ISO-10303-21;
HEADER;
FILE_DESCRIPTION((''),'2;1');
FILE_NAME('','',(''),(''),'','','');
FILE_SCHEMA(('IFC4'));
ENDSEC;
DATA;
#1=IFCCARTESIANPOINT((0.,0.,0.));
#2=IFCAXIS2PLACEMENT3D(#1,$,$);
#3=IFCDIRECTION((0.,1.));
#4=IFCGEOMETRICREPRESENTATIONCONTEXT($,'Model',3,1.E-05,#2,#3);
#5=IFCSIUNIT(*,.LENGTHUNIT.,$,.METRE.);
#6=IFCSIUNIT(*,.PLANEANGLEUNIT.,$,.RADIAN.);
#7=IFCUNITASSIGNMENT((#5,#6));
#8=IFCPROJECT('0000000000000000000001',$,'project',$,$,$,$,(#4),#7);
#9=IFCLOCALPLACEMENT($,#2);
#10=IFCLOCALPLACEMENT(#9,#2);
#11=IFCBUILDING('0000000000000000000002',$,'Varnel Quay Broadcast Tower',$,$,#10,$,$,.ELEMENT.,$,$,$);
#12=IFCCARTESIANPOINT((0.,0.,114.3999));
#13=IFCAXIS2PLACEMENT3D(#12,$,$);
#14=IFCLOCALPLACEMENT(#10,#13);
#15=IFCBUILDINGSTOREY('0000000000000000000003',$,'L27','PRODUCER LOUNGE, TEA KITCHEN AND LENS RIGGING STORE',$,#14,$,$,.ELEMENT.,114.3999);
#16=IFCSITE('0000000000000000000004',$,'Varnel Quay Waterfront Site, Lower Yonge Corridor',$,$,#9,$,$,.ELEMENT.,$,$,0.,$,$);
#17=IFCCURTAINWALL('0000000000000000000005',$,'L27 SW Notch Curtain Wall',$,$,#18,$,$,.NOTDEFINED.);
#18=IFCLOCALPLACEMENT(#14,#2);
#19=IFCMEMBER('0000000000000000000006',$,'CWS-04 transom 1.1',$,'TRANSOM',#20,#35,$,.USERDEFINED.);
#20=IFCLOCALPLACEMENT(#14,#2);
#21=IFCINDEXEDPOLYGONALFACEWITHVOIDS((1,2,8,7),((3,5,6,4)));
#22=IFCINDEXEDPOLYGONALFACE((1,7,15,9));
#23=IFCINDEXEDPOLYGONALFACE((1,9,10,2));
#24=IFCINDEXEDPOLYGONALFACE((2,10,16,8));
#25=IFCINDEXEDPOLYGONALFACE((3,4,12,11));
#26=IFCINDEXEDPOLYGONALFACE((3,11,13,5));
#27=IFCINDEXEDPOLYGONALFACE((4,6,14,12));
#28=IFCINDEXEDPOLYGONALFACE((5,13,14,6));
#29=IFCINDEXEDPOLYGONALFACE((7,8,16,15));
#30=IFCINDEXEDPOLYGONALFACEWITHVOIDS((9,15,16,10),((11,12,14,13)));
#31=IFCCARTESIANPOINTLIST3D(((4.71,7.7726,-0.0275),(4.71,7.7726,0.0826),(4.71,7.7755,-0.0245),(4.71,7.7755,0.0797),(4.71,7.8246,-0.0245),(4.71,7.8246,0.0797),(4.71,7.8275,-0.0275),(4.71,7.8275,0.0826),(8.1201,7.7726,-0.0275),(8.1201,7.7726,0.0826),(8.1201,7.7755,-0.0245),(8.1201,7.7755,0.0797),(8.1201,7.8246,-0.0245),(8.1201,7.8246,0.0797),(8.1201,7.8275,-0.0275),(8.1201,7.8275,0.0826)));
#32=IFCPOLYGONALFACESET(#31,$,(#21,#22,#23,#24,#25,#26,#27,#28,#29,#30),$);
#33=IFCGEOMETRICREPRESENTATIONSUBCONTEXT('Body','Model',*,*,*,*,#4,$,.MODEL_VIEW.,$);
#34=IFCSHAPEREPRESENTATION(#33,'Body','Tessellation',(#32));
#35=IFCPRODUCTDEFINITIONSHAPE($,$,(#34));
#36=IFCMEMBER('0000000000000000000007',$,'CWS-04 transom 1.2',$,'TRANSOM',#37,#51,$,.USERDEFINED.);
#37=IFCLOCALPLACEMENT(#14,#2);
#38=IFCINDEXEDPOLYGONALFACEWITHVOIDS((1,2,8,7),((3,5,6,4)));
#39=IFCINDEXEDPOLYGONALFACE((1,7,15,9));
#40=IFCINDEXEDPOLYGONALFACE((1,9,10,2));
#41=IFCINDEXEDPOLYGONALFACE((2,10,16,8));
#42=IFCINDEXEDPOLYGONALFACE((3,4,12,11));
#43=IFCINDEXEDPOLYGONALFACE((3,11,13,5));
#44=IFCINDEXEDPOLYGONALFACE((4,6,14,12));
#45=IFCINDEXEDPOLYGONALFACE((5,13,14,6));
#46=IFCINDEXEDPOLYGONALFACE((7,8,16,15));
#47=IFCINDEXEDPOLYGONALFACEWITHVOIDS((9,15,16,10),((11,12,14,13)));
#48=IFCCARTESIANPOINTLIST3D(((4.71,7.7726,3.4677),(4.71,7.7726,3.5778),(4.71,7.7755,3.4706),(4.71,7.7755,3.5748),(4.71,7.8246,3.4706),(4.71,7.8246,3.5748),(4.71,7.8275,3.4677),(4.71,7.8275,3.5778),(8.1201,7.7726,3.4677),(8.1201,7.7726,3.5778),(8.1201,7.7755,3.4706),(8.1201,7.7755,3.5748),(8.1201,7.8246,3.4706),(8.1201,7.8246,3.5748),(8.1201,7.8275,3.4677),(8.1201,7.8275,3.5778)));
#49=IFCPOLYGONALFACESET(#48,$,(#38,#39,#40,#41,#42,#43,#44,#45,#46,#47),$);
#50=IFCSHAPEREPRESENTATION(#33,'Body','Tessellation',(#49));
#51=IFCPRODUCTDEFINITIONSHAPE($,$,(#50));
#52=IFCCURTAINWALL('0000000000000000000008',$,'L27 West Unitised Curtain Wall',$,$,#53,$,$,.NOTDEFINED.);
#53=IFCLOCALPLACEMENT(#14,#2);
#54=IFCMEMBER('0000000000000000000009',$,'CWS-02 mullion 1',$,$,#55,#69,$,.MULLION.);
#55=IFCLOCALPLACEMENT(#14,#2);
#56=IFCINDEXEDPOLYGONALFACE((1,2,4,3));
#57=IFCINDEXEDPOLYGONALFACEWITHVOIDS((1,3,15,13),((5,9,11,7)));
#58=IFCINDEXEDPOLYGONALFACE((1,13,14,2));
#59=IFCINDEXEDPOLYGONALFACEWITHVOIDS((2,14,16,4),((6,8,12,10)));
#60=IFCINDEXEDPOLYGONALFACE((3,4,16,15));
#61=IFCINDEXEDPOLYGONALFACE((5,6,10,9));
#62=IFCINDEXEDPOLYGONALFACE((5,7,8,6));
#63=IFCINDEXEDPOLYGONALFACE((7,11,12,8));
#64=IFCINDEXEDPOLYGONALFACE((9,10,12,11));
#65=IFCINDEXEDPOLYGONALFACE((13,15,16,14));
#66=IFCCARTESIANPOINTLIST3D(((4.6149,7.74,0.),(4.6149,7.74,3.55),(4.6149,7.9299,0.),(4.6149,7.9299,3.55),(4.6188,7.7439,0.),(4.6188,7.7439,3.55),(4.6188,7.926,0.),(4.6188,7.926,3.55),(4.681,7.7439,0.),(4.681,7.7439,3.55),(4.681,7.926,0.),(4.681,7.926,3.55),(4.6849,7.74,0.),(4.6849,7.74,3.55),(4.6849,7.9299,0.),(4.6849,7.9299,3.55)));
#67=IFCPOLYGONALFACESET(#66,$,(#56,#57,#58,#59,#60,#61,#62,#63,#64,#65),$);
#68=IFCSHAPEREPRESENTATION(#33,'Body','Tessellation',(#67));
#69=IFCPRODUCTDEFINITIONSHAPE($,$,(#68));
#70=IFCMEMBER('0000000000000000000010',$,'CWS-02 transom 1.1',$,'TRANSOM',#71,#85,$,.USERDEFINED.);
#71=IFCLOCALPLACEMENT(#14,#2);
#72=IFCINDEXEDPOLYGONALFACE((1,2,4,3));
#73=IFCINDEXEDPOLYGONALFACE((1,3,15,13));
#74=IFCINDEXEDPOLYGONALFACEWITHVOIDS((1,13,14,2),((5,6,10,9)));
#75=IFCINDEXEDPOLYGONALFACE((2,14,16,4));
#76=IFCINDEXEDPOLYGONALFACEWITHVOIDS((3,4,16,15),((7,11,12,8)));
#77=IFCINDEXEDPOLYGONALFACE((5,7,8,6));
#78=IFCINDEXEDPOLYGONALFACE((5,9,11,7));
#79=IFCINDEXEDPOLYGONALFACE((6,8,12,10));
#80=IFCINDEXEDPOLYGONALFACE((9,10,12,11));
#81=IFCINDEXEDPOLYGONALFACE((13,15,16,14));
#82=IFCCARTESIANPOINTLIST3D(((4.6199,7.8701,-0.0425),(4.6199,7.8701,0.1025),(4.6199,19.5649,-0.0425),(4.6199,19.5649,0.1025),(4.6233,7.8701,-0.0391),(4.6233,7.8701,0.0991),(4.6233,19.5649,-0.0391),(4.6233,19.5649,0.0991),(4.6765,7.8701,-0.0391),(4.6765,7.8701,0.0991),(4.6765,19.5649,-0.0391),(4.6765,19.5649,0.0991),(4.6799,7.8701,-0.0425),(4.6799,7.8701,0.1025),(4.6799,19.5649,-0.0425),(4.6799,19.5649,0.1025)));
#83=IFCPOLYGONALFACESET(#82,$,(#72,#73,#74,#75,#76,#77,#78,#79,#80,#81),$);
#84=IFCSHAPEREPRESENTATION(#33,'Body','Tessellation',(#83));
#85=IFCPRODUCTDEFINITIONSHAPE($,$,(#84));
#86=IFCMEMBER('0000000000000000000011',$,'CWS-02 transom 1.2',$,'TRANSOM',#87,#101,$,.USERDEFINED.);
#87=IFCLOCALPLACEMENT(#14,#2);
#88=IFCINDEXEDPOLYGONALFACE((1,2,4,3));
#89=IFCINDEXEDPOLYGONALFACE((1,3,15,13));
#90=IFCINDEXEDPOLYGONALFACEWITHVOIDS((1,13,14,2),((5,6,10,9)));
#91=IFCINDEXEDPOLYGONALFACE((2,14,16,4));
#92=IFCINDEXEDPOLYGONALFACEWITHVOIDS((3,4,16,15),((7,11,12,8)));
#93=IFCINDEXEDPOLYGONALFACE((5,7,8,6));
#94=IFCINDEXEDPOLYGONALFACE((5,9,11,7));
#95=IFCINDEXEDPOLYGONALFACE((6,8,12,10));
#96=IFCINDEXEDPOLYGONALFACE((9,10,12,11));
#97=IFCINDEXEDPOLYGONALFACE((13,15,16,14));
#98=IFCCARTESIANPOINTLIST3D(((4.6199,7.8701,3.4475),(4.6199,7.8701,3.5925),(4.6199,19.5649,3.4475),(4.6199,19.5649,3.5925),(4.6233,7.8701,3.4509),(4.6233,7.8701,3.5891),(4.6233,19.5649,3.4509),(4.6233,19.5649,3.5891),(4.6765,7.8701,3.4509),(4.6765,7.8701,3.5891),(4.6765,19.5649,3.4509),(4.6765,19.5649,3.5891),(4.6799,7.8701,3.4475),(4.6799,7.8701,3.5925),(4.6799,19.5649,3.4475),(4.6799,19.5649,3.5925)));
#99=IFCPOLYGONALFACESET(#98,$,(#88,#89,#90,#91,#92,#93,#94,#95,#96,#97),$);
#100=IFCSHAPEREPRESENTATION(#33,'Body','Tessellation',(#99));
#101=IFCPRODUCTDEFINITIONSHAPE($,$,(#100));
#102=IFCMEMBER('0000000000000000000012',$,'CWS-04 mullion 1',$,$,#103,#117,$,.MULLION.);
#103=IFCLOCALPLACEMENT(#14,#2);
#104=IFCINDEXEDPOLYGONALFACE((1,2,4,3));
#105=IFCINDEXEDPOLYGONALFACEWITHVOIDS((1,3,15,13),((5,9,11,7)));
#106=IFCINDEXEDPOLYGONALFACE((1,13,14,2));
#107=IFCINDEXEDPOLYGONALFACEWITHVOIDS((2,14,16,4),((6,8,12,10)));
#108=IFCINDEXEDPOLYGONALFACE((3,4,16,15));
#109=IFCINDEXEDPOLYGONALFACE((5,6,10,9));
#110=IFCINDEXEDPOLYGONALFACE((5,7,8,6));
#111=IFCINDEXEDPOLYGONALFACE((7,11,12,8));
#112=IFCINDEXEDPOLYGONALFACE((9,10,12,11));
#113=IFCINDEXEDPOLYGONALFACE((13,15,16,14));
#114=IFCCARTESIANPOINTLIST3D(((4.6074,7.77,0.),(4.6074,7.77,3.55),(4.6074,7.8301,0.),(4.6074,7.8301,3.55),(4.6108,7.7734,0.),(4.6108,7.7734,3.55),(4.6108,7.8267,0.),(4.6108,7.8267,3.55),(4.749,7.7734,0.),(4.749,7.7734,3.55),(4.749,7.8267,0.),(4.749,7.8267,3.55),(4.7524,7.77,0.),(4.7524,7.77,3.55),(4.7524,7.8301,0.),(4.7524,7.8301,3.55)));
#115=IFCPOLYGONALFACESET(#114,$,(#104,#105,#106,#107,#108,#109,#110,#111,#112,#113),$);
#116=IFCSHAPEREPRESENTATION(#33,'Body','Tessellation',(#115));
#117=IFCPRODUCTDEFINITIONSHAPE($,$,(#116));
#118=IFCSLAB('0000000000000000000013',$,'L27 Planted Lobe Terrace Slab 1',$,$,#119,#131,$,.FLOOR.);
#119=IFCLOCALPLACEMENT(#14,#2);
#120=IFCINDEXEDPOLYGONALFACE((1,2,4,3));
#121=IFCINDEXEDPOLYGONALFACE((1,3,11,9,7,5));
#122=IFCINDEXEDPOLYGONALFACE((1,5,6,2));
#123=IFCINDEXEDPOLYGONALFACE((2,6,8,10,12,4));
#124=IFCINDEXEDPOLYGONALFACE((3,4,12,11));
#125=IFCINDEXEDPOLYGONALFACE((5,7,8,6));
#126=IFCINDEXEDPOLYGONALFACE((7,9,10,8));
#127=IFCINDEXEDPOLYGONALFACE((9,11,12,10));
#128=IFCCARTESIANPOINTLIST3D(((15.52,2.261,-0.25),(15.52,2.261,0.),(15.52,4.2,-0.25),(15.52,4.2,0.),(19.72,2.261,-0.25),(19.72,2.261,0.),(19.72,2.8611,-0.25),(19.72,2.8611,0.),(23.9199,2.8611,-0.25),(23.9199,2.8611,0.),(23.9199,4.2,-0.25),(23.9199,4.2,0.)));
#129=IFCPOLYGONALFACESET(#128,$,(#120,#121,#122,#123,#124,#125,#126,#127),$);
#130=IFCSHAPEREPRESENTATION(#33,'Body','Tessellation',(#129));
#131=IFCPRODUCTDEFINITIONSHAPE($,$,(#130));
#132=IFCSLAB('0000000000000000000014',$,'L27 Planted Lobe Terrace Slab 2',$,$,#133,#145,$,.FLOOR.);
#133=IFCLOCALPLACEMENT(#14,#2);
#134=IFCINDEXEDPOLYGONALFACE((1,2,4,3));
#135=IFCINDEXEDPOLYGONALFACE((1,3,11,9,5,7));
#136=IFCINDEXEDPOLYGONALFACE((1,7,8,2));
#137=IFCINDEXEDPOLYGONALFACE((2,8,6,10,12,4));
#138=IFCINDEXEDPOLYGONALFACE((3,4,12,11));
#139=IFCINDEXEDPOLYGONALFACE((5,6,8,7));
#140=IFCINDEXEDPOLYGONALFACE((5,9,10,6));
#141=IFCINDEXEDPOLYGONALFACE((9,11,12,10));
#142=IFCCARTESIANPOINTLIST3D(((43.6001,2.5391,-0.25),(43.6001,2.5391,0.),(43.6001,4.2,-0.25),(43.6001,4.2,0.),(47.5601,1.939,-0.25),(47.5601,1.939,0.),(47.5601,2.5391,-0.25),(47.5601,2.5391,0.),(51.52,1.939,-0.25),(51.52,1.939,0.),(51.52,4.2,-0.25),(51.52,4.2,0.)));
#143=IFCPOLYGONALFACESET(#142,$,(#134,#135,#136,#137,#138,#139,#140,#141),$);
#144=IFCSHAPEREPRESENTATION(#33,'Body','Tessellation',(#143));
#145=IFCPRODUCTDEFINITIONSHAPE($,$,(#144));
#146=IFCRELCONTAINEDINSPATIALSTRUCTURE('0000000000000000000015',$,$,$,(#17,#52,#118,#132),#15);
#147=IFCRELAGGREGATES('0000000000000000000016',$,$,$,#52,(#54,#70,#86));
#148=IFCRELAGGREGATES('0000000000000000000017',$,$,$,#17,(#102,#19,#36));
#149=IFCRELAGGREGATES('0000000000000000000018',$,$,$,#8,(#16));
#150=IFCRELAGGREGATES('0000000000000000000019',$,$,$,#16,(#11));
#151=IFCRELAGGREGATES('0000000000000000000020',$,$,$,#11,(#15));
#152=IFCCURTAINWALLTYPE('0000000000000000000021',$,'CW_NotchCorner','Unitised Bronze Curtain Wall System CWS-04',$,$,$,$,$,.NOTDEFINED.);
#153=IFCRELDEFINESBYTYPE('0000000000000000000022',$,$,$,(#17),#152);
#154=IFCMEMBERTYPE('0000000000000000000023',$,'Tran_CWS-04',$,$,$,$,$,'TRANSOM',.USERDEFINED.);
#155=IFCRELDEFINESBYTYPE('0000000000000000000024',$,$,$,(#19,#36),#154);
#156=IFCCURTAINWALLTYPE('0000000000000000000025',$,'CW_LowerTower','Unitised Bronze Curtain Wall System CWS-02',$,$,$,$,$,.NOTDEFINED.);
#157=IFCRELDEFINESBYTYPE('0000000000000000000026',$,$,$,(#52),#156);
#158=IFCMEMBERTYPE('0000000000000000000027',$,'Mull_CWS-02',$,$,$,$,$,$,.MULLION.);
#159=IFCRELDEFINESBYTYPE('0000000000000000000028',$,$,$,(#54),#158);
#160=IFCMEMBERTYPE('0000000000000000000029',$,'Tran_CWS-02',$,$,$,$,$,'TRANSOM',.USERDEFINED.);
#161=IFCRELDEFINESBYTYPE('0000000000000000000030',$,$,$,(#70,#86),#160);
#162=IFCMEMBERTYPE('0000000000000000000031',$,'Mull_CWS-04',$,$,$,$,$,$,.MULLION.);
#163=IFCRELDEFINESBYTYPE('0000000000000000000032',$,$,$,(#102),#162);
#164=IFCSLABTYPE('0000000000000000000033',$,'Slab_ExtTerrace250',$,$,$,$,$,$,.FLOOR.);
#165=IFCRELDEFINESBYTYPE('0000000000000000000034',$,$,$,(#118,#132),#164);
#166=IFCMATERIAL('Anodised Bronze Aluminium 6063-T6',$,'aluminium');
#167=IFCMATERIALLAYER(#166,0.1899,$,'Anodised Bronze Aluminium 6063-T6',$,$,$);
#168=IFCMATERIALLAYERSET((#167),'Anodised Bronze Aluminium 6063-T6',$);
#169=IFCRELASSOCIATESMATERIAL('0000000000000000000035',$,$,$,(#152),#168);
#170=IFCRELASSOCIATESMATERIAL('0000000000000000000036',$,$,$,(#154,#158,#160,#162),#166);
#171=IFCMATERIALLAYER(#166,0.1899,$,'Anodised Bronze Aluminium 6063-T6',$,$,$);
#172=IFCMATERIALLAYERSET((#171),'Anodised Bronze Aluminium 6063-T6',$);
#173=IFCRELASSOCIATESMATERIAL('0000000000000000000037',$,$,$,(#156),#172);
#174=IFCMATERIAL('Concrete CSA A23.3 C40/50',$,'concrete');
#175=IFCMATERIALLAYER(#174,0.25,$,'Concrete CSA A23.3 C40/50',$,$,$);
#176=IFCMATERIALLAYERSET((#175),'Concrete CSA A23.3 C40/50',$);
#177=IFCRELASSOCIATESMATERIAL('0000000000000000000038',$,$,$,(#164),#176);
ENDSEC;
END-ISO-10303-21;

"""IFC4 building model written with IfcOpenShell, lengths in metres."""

from ifc_helpers import new_model, si_unit, direction, frame, origin, origin_2d, place, context, subcontext, project, spatial, polyline, hollow_rectangle, outline, extrude, source, transform, mapped, material, layer, layer_set, material_profile, profile_set, type_object, type_shapes, element, aggregate, save


model = new_model("IFC4")

# Units and contexts
model_context = context("Model", 3, precision=1e-05, world=origin(), true_north=direction((0.0, 1.0)))
body_context = subcontext(model_context, "Body", "Model", "MODEL_VIEW")
ifc_project = project(units=[si_unit("LENGTHUNIT", "METRE"), si_unit("PLANEANGLEUNIT", "RADIAN")], contexts=[model_context])

# Site, building, storey
site_placement = place(None, origin())
site = spatial("IfcSite", under=ifc_project, at=site_placement, Name="Varnel Quay Waterfront Site, Lower Yonge Corridor", CompositionType="ELEMENT", RefElevation=0.0)
building_placement = place(site_placement, origin())
building = spatial("IfcBuilding", under=site, at=building_placement, Name="Varnel Quay Broadcast Tower", CompositionType="ELEMENT")
storey_placement = place(building_placement, frame((0.0, 0.0, 114.3999)))
storey = spatial("IfcBuildingStorey", under=building, at=storey_placement, Name="L27", Description="PRODUCER LOUNGE, TEA KITCHEN AND LENS RIGGING STORE", CompositionType="ELEMENT", Elevation=114.3999)

# Curtain walls, members
ifc_material_1 = material(Name="Anodised Bronze Aluminium 6063-T6", Category="aluminium")
ifc_layer_1 = layer(ifc_material_1, 0.1899, Name="Anodised Bronze Aluminium 6063-T6")
ifc_layer_set_1 = layer_set([ifc_layer_1], Name="Anodised Bronze Aluminium 6063-T6")
curtain_wall_type_1 = type_object("IfcCurtainWallType", Name="CW_NotchCorner", Description="Unitised Bronze Curtain Wall System CWS-04", PredefinedType="NOTDEFINED", material=ifc_layer_set_1)
curtain_wall_1_placement = place(storey_placement, origin())
curtain_wall_1 = element("IfcCurtainWall", 1, at=curtain_wall_1_placement, inside=storey, type_object=curtain_wall_type_1, Name="L27 SW Notch Curtain Wall", PredefinedType="NOTDEFINED")
ifc_material_profile_1 = material_profile(ifc_material_1, hollow_rectangle(XDim=0.0549, YDim=0.1101, WallThickness=0.0029, at=origin_2d()), Name="ALU55X110X3")
ifc_profile_set_1 = profile_set([ifc_material_profile_1], Name="Anodised Bronze Aluminium 6063-T6")
member_type_1 = type_object("IfcMemberType", Name="Tran_CWS-04", ElementType="TRANSOM", PredefinedType="USERDEFINED", material=ifc_profile_set_1)
shared_shape_1 = source(origin(), body_context, "Body", "SweptSolid", [
    extrude(hollow_rectangle(XDim=0.0549, YDim=0.1101, WallThickness=0.0029, at=origin_2d()), origin(), (0.0, 0.0, 1.0), 3.4102),
])
type_shapes(member_type_1, [shared_shape_1])
member_1_placement = place(storey_placement, frame((4.71, 7.8, 0.0276), z_axis=(1.0, 0.0, 0.0), x_axis=(0.0, 1.0, 0.0)))
member_1 = element("IfcMember", 2, at=member_1_placement, type_object=member_type_1, Name="CWS-04 transom 1.1", ObjectType="TRANSOM", PredefinedType="USERDEFINED", context=body_context, shape_type="MappedRepresentation", body=[
    mapped(shared_shape_1, transform((0.0, 0.0, 0.0), x_axis=(1.0, 0.0, 0.0), y_axis=(0.0, 1.0, 0.0), z_axis=(0.0, 0.0, 1.0), scale=1.0)),
])
member_2_placement = place(storey_placement, frame((4.71, 7.8, 3.5227), z_axis=(1.0, 0.0, 0.0), x_axis=(0.0, 1.0, 0.0)))
member_2 = element("IfcMember", 3, at=member_2_placement, type_object=member_type_1, Name="CWS-04 transom 1.2", ObjectType="TRANSOM", PredefinedType="USERDEFINED", context=body_context, shape_type="MappedRepresentation", body=[
    mapped(shared_shape_1, transform((0.0, 0.0, 0.0), x_axis=(1.0, 0.0, 0.0), y_axis=(0.0, 1.0, 0.0), z_axis=(0.0, 0.0, 1.0), scale=1.0)),
])
ifc_layer_2 = layer(ifc_material_1, 0.1899, Name="Anodised Bronze Aluminium 6063-T6")
ifc_layer_set_2 = layer_set([ifc_layer_2], Name="Anodised Bronze Aluminium 6063-T6")
curtain_wall_type_2 = type_object("IfcCurtainWallType", Name="CW_LowerTower", Description="Unitised Bronze Curtain Wall System CWS-02", PredefinedType="NOTDEFINED", material=ifc_layer_set_2)
curtain_wall_2_placement = place(storey_placement, origin())
curtain_wall_2 = element("IfcCurtainWall", 4, at=curtain_wall_2_placement, inside=storey, type_object=curtain_wall_type_2, Name="L27 West Unitised Curtain Wall", PredefinedType="NOTDEFINED")
ifc_material_profile_2 = material_profile(ifc_material_1, hollow_rectangle(XDim=0.0701, YDim=0.1899, WallThickness=0.0039, at=origin_2d()), Name="ALU70X190X4")
ifc_profile_set_2 = profile_set([ifc_material_profile_2], Name="Anodised Bronze Aluminium 6063-T6")
member_type_2 = type_object("IfcMemberType", Name="Mull_CWS-02", PredefinedType="MULLION", material=ifc_profile_set_2)
shared_shape_2 = source(origin(), body_context, "Body", "SweptSolid", [
    extrude(hollow_rectangle(XDim=0.0701, YDim=0.1899, WallThickness=0.0039, at=origin_2d()), origin(), (0.0, 0.0, 1.0), 3.55),
])
type_shapes(member_type_2, [shared_shape_2])
member_3_placement = place(storey_placement, frame((4.6499, 7.835, 0.0), z_axis=(0.0, 0.0, 1.0), x_axis=(-1.0, 0.0, 0.0)))
member_3 = element("IfcMember", 5, at=member_3_placement, type_object=member_type_2, Name="CWS-02 mullion 1", PredefinedType="MULLION", context=body_context, shape_type="MappedRepresentation", body=[
    mapped(shared_shape_2, transform((0.0, 0.0, 0.0), x_axis=(1.0, 0.0, 0.0), y_axis=(0.0, 1.0, 0.0), z_axis=(0.0, 0.0, 1.0), scale=1.0)),
])
ifc_material_profile_3 = material_profile(ifc_material_1, hollow_rectangle(XDim=0.0601, YDim=0.145, WallThickness=0.0034, at=origin_2d()), Name="ALU60X145X3.5")
ifc_profile_set_3 = profile_set([ifc_material_profile_3], Name="Anodised Bronze Aluminium 6063-T6")
member_type_3 = type_object("IfcMemberType", Name="Tran_CWS-02", ElementType="TRANSOM", PredefinedType="USERDEFINED", material=ifc_profile_set_3)
shared_shape_3 = source(origin(), body_context, "Body", "SweptSolid", [
    extrude(hollow_rectangle(XDim=0.0601, YDim=0.145, WallThickness=0.0034, at=origin_2d()), origin(), (0.0, 0.0, 1.0), 11.6948),
])
type_shapes(member_type_3, [shared_shape_3])
member_4_placement = place(storey_placement, frame((4.6499, 7.8701, 0.03), z_axis=(0.0, 1.0, 0.0), x_axis=(-1.0, 0.0, 0.0)))
member_4 = element("IfcMember", 6, at=member_4_placement, type_object=member_type_3, Name="CWS-02 transom 1.1", ObjectType="TRANSOM", PredefinedType="USERDEFINED", context=body_context, shape_type="MappedRepresentation", body=[
    mapped(shared_shape_3, transform((0.0, 0.0, 0.0), x_axis=(1.0, 0.0, 0.0), y_axis=(0.0, 1.0, 0.0), z_axis=(0.0, 0.0, 1.0), scale=1.0)),
])
member_5_placement = place(storey_placement, frame((4.6499, 7.8701, 3.52), z_axis=(0.0, 1.0, 0.0), x_axis=(-1.0, 0.0, 0.0)))
member_5 = element("IfcMember", 7, at=member_5_placement, type_object=member_type_3, Name="CWS-02 transom 1.2", ObjectType="TRANSOM", PredefinedType="USERDEFINED", context=body_context, shape_type="MappedRepresentation", body=[
    mapped(shared_shape_3, transform((0.0, 0.0, 0.0), x_axis=(1.0, 0.0, 0.0), y_axis=(0.0, 1.0, 0.0), z_axis=(0.0, 0.0, 1.0), scale=1.0)),
])

# Member
ifc_material_profile_4 = material_profile(ifc_material_1, hollow_rectangle(XDim=0.0601, YDim=0.145, WallThickness=0.0034, at=origin_2d()), Name="ALU60X145X3.5")
ifc_profile_set_4 = profile_set([ifc_material_profile_4], Name="Anodised Bronze Aluminium 6063-T6")
member_type_4 = type_object("IfcMemberType", Name="Mull_CWS-04", PredefinedType="MULLION", material=ifc_profile_set_4)
shared_shape_4 = source(origin(), body_context, "Body", "SweptSolid", [
    extrude(hollow_rectangle(XDim=0.0601, YDim=0.145, WallThickness=0.0034, at=origin_2d()), origin(), (0.0, 0.0, 1.0), 3.55),
])
type_shapes(member_type_4, [shared_shape_4])
member_6_placement = place(storey_placement, frame((4.6799, 7.8, 0.0), z_axis=(0.0, 0.0, 1.0), x_axis=(0.0, 1.0, 0.0)))
member_6 = element("IfcMember", 8, at=member_6_placement, type_object=member_type_4, Name="CWS-04 mullion 1", PredefinedType="MULLION", context=body_context, shape_type="MappedRepresentation", body=[
    mapped(shared_shape_4, transform((0.0, 0.0, 0.0), x_axis=(1.0, 0.0, 0.0), y_axis=(0.0, 1.0, 0.0), z_axis=(0.0, 0.0, 1.0), scale=1.0)),
])

# Slabs
ifc_material_2 = material(Name="Concrete CSA A23.3 C40/50", Category="concrete")
ifc_layer_3 = layer(ifc_material_2, 0.25, Name="Concrete CSA A23.3 C40/50")
ifc_layer_set_3 = layer_set([ifc_layer_3], Name="Concrete CSA A23.3 C40/50")
slab_type_1 = type_object("IfcSlabType", Name="Slab_ExtTerrace250", PredefinedType="FLOOR", material=ifc_layer_set_3)
slab_1_placement = place(storey_placement, frame((0.0, 0.0, -0.25)))
element("IfcSlab", 9, at=slab_1_placement, inside=storey, type_object=slab_type_1, Name="L27 Planted Lobe Terrace Slab 1", PredefinedType="FLOOR", context=body_context, shape_type="SweptSolid", body=[
    extrude(outline(polyline([(15.52, 2.261), (19.72, 2.261), (19.72, 2.8611), (23.9199, 2.8611), (23.9199, 4.2), (15.52, 4.2), (15.52, 2.261)])), origin(), (0.0, 0.0, 1.0), 0.25),
])
slab_2_placement = place(storey_placement, frame((0.0, 0.0, -0.25)))
element("IfcSlab", 10, at=slab_2_placement, inside=storey, type_object=slab_type_1, Name="L27 Planted Lobe Terrace Slab 2", PredefinedType="FLOOR", context=body_context, shape_type="SweptSolid", body=[
    extrude(outline(polyline([(43.6001, 2.5391), (47.5601, 2.5391), (47.5601, 1.939), (51.52, 1.939), (51.52, 4.2), (43.6001, 4.2), (43.6001, 2.5391)])), origin(), (0.0, 0.0, 1.0), 0.25),
])

aggregate(curtain_wall_2, [member_3, member_4, member_5])
aggregate(curtain_wall_1, [member_6, member_1, member_2])

save(model, "model.ifc")
